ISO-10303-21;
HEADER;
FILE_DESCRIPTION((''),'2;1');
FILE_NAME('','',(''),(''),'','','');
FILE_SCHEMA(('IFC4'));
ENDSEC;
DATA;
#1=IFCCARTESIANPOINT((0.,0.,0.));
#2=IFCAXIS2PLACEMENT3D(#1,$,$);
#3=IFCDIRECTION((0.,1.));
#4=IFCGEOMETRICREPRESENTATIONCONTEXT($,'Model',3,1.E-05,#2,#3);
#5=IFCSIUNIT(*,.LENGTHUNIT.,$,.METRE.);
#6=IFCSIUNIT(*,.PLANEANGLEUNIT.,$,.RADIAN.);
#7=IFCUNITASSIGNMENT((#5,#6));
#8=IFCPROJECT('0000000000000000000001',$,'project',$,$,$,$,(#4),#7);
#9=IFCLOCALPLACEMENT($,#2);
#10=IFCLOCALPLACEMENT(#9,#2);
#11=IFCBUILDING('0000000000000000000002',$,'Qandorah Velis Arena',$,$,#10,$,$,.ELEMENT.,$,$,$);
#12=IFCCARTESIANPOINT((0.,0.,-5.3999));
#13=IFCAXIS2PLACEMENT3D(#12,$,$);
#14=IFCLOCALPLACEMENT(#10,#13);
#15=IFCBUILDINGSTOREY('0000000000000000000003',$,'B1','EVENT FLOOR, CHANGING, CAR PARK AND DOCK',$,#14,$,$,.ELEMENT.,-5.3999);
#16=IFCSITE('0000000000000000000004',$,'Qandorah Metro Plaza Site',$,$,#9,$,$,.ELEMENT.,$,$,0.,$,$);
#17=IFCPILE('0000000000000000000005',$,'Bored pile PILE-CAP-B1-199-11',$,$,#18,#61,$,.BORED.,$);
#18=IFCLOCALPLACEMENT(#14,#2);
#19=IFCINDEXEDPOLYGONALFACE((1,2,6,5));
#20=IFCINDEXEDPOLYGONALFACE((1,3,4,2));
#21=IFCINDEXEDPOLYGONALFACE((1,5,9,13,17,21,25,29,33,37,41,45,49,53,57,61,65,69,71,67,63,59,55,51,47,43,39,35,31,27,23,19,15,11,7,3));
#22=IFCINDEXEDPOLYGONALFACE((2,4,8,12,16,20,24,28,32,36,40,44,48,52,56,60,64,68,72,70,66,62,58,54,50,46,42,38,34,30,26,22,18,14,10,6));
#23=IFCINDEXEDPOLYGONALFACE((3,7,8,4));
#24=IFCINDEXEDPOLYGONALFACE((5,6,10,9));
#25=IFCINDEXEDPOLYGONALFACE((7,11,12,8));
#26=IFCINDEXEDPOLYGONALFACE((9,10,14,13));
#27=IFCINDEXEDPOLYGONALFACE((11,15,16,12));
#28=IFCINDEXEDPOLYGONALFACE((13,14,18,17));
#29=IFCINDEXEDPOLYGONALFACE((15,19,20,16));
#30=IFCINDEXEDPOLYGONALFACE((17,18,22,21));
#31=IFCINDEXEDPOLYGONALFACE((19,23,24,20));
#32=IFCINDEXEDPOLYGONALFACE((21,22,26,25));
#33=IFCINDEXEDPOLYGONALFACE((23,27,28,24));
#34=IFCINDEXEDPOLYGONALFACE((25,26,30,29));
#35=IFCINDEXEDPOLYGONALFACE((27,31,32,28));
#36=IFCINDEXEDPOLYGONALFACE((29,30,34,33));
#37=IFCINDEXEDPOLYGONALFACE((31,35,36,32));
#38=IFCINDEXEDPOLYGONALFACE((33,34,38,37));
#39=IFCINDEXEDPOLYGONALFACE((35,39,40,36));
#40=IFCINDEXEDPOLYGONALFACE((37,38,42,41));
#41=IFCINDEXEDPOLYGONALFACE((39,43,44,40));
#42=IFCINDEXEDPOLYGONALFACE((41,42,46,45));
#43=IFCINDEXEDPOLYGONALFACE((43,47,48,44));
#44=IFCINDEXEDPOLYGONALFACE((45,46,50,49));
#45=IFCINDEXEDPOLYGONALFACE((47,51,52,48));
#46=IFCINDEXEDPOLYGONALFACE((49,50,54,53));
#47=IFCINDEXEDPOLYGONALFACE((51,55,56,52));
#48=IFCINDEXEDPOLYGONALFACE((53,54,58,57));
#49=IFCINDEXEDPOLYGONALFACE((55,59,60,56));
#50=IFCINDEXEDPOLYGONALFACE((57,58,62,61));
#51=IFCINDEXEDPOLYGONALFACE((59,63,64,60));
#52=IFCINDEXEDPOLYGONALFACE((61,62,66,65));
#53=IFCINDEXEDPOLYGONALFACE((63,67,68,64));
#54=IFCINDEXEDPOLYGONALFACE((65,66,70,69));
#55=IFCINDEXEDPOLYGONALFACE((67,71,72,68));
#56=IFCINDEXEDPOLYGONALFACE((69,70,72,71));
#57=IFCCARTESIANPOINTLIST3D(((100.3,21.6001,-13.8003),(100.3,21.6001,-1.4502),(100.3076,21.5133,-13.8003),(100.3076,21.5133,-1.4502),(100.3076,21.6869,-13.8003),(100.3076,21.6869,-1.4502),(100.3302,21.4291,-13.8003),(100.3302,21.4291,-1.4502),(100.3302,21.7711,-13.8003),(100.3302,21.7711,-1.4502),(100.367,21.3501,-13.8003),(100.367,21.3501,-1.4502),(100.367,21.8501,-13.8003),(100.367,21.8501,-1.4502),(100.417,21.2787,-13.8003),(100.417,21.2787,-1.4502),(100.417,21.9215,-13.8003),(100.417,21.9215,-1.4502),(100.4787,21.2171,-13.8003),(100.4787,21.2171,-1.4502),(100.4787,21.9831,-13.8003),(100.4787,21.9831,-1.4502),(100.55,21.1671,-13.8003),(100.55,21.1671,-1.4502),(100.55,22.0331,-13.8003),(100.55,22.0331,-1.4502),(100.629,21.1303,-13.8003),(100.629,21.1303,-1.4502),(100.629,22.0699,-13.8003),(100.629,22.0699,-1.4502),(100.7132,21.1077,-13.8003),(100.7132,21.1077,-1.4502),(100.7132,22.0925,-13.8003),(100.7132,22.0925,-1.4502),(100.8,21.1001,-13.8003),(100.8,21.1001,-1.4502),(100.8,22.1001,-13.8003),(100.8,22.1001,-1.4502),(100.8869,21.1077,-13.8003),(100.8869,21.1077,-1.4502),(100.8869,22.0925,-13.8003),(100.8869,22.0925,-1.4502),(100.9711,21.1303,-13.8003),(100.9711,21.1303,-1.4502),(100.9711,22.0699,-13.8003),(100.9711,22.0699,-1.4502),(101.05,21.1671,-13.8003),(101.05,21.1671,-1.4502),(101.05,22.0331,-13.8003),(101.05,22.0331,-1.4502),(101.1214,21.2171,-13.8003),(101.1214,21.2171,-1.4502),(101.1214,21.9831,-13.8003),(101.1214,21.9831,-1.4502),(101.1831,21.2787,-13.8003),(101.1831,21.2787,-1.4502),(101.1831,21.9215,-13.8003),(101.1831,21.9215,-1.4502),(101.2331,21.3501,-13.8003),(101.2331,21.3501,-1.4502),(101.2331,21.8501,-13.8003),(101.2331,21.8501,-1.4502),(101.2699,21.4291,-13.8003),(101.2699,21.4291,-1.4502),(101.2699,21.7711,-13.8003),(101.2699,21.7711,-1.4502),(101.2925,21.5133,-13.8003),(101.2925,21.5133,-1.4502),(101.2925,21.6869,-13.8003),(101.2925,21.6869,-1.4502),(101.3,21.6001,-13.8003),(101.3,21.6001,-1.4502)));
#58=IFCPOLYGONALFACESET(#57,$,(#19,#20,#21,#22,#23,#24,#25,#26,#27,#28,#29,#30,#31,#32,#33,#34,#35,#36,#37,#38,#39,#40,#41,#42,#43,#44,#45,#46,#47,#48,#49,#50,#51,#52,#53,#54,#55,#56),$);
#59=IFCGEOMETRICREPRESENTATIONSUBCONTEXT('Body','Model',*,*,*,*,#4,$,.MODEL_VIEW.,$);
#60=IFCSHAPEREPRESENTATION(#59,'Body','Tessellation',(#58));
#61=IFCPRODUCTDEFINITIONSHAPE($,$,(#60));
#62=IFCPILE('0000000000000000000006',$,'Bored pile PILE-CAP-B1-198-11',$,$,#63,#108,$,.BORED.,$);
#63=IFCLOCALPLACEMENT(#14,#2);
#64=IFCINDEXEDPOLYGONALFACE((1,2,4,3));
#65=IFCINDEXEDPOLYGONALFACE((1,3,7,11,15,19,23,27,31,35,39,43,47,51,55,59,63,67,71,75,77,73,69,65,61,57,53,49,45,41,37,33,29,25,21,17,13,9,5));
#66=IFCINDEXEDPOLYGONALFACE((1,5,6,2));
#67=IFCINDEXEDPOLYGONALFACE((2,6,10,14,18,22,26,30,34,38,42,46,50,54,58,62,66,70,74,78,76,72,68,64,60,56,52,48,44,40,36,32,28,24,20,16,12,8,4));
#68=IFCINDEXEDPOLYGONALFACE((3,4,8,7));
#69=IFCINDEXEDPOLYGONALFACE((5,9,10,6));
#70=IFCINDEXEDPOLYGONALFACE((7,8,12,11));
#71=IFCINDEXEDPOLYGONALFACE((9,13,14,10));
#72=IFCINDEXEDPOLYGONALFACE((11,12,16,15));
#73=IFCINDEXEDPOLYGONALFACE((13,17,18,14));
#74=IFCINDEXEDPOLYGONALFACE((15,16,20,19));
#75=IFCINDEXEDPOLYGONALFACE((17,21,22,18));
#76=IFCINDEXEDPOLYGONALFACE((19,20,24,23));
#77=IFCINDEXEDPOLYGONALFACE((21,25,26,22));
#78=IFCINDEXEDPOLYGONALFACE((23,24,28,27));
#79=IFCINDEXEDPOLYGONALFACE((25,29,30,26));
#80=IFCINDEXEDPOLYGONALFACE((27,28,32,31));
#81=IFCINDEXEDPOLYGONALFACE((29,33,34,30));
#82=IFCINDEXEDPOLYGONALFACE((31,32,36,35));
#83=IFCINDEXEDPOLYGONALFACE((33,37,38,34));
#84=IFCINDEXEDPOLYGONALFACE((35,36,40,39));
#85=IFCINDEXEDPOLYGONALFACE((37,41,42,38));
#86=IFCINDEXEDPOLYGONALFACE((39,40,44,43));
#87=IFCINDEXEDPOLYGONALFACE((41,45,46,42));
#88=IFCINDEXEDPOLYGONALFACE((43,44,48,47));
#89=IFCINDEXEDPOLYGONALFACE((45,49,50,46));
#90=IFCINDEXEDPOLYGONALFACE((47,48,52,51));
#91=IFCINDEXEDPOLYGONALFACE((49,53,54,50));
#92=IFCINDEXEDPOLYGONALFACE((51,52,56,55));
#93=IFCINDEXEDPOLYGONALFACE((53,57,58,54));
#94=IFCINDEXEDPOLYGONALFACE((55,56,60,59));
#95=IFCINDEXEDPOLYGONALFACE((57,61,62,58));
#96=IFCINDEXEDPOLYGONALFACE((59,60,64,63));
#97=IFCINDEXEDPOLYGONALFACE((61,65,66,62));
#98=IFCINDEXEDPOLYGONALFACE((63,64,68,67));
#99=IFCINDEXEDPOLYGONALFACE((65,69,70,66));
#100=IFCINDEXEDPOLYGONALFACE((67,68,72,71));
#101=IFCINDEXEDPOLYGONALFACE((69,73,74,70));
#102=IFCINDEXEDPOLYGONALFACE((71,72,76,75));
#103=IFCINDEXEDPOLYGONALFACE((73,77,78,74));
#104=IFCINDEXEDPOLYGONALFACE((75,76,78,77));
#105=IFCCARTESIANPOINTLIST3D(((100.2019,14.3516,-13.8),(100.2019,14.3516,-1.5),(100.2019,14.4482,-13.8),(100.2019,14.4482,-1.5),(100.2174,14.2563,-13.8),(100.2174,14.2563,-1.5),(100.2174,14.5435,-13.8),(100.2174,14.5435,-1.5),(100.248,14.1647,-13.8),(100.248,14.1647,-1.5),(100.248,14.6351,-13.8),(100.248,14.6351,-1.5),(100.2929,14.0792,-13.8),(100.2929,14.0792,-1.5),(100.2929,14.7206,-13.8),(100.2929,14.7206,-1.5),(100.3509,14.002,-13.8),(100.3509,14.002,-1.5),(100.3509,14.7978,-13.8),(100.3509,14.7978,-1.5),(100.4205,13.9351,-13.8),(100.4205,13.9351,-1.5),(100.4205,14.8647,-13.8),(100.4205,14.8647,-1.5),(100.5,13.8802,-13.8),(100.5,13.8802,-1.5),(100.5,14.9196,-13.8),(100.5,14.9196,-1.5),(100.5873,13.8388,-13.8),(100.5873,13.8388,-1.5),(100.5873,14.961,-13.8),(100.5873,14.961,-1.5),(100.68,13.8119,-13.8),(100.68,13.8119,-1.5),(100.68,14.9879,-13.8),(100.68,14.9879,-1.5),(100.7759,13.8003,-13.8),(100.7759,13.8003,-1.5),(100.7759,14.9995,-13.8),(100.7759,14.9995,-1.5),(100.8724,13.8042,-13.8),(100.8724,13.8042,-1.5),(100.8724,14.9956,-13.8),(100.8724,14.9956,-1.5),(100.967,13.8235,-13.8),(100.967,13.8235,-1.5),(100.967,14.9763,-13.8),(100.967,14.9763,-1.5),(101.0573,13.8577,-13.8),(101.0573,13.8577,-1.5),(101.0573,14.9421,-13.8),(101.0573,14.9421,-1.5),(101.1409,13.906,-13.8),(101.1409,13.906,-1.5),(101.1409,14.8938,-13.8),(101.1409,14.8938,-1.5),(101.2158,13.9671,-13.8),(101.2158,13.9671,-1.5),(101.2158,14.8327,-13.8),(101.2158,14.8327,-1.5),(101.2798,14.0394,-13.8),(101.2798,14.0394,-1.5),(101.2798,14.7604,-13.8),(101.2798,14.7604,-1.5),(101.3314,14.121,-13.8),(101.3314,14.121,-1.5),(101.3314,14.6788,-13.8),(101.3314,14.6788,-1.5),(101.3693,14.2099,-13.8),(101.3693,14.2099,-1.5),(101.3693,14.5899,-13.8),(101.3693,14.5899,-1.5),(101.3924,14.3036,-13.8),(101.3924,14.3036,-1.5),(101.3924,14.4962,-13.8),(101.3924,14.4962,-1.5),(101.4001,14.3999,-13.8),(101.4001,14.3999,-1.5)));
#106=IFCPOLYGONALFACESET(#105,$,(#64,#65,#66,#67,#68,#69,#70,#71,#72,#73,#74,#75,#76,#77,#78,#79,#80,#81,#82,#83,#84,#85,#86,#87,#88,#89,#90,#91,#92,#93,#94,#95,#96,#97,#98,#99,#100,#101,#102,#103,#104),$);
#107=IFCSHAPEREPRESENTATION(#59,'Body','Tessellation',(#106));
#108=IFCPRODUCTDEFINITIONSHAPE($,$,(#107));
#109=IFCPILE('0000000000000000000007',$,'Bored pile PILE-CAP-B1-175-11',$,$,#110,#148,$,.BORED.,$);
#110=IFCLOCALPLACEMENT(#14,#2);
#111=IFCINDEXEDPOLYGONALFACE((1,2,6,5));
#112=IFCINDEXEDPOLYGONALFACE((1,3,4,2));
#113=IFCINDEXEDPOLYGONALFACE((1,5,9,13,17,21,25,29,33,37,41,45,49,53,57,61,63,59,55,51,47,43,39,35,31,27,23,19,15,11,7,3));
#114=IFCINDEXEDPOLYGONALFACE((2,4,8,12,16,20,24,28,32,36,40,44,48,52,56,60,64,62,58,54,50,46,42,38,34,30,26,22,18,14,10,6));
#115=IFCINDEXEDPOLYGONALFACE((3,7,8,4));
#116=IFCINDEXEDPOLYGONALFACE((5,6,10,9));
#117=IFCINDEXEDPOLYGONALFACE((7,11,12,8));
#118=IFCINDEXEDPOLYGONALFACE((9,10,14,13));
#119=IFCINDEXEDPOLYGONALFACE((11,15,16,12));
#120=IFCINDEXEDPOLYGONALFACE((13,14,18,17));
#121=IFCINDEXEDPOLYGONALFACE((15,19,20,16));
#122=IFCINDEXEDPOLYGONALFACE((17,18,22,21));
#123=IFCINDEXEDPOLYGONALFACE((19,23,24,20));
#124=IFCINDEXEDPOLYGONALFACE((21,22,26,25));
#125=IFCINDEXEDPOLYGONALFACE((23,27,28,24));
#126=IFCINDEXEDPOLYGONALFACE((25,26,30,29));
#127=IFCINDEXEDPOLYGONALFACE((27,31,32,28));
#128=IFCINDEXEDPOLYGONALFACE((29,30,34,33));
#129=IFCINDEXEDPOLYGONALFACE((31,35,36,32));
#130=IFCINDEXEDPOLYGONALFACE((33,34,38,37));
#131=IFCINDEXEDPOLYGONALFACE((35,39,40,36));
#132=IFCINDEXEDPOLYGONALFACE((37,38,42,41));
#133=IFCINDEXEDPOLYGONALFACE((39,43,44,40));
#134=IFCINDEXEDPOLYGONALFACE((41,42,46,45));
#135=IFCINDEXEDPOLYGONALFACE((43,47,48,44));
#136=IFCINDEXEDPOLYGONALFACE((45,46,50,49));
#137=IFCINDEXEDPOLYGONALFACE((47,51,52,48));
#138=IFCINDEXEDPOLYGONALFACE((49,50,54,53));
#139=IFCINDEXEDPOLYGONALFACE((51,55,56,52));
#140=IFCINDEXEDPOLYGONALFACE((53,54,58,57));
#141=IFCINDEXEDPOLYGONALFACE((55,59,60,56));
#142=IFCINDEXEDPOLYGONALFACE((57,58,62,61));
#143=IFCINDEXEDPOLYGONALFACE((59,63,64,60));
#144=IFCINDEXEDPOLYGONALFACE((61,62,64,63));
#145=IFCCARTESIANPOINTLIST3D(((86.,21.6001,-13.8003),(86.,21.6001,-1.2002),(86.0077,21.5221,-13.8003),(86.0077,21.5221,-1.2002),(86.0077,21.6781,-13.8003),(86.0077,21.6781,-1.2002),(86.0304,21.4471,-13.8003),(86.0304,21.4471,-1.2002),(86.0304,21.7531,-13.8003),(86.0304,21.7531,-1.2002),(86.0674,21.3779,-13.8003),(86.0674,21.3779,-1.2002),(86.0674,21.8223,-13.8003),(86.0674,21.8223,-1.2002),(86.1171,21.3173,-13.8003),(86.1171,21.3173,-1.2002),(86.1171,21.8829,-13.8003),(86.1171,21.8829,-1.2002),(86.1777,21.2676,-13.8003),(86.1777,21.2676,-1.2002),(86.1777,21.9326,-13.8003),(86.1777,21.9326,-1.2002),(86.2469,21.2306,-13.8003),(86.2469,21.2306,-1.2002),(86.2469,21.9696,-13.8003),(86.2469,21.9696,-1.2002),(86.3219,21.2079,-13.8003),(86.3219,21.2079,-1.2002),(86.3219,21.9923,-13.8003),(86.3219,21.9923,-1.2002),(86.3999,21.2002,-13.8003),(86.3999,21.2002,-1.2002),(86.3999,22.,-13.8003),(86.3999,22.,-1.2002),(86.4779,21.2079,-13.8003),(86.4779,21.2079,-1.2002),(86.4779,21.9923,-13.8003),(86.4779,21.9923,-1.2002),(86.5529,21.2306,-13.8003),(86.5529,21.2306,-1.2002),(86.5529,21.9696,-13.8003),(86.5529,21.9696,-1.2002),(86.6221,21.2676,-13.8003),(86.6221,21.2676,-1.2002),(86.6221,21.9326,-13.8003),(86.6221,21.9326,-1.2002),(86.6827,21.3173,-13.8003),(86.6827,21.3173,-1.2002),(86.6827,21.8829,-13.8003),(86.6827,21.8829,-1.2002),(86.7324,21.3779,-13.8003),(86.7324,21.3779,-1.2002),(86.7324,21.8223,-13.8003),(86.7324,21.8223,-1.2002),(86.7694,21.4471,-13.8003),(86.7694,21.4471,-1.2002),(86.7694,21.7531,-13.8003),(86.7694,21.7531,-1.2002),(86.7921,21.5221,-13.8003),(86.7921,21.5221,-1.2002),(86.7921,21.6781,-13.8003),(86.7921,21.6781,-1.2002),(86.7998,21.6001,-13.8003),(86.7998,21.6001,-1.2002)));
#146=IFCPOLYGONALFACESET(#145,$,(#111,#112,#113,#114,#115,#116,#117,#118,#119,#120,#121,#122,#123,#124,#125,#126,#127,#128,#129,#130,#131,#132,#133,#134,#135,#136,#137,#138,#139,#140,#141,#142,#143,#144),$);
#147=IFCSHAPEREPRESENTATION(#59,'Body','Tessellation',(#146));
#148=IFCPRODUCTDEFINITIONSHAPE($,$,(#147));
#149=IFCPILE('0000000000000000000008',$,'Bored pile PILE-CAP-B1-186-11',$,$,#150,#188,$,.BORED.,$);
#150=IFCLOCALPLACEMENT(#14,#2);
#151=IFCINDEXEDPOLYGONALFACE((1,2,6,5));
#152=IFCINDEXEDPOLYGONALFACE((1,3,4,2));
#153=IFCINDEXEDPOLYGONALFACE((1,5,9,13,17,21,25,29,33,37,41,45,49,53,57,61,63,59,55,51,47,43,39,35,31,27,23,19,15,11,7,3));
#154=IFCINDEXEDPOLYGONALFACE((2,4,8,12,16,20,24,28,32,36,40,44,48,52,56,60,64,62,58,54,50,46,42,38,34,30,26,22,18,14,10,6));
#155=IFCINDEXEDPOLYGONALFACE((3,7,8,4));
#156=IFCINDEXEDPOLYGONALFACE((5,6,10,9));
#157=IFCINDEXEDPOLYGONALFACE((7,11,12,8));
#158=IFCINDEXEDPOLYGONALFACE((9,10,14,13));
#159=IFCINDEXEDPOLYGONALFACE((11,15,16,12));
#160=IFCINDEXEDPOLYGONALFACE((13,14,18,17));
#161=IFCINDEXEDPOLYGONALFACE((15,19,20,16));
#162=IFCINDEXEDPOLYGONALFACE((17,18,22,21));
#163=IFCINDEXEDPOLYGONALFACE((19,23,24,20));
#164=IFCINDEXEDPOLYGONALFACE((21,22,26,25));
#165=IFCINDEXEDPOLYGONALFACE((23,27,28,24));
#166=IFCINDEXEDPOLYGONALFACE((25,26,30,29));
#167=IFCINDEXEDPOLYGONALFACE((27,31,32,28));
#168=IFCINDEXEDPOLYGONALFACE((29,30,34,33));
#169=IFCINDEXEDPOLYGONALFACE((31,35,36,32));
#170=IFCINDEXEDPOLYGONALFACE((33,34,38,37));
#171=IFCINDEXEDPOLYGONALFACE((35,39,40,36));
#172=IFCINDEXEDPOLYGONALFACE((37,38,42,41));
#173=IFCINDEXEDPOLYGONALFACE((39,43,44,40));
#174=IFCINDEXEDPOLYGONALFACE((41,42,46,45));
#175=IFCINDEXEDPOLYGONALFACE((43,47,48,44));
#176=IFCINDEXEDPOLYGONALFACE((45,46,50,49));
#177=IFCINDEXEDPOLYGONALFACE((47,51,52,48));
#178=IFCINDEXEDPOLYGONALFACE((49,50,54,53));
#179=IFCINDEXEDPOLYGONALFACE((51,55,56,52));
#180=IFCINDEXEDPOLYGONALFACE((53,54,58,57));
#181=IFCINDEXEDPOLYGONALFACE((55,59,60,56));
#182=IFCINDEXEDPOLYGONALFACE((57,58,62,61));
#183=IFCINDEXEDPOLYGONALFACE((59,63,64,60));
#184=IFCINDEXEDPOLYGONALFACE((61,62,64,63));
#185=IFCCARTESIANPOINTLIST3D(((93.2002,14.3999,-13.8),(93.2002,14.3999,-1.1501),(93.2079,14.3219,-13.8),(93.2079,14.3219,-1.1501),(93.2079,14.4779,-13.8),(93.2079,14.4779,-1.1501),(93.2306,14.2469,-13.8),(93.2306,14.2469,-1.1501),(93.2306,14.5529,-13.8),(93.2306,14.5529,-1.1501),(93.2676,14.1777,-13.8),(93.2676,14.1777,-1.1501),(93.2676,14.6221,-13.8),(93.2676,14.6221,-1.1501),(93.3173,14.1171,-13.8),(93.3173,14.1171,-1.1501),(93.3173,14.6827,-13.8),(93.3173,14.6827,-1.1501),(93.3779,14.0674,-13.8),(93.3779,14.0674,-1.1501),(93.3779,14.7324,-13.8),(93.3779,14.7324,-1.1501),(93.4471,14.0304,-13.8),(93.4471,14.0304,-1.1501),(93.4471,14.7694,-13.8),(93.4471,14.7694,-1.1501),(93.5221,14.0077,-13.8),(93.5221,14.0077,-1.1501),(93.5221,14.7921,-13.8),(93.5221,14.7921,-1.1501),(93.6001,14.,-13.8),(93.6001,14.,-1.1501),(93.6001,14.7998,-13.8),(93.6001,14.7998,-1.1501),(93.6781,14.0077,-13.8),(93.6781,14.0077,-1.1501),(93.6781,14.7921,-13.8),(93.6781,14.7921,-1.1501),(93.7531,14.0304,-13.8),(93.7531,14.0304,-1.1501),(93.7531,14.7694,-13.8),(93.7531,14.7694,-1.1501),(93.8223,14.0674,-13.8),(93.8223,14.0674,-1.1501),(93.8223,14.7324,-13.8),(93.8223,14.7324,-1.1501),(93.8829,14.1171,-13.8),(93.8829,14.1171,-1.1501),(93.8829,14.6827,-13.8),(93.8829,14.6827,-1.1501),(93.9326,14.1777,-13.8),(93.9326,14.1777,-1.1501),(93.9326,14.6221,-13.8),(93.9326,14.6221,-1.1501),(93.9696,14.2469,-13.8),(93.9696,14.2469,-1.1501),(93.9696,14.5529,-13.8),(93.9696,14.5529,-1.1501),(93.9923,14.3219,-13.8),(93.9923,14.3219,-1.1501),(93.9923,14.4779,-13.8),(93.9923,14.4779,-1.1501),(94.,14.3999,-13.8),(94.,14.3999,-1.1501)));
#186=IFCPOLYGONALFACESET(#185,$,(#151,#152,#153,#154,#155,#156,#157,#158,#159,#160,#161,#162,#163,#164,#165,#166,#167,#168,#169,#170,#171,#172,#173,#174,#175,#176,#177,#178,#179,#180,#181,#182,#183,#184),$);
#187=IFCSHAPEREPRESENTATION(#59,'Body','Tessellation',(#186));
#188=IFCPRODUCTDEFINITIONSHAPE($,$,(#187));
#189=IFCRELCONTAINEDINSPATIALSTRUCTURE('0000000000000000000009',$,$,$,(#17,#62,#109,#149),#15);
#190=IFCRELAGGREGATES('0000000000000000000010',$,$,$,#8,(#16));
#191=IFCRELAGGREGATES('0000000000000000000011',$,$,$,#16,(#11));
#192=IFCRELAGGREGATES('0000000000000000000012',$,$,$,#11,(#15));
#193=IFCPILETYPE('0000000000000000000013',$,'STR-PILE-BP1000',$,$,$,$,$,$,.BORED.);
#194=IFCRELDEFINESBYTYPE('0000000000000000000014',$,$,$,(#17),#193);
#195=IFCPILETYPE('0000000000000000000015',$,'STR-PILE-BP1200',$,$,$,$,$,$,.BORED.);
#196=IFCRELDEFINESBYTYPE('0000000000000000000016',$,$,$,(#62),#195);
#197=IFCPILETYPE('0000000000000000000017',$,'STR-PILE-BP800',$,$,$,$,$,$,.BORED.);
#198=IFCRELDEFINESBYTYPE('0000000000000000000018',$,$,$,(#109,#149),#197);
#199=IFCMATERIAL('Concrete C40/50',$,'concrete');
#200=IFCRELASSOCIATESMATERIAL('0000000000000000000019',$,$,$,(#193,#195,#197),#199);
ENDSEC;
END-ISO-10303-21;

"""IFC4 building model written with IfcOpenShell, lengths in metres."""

from ifc_helpers import new_model, si_unit, direction, frame, origin, origin_2d, place, context, subcontext, project, spatial, circle, extrude, material, material_profile, profile_set, type_object, element, save


model = new_model("IFC4")

# Units and contexts
model_context = context("Model", 3, precision=1e-05, world=origin(), true_north=direction((0.0, 1.0)))
body_context = subcontext(model_context, "Body", "Model", "MODEL_VIEW")
ifc_project = project(units=[si_unit("LENGTHUNIT", "METRE"), si_unit("PLANEANGLEUNIT", "RADIAN")], contexts=[model_context])

# Site, building, storey
site_placement = place(None, origin())
site = spatial("IfcSite", under=ifc_project, at=site_placement, Name="Qandorah Metro Plaza Site", CompositionType="ELEMENT", RefElevation=0.0)
building_placement = place(site_placement, origin())
building = spatial("IfcBuilding", under=site, at=building_placement, Name="Qandorah Velis Arena", CompositionType="ELEMENT")
storey_placement = place(building_placement, frame((0.0, 0.0, -5.3999)))
storey = spatial("IfcBuildingStorey", under=building, at=storey_placement, Name="B1", Description="EVENT FLOOR, CHANGING, CAR PARK AND DOCK", CompositionType="ELEMENT", Elevation=-5.3999)

# Shared definitions
ifc_material_1 = material(Name="Concrete C40/50", Category="concrete")

# Piles
ifc_material_profile_1 = material_profile(ifc_material_1, circle(Radius=0.5, at=origin_2d()), Name="BORED PILE D1000")
ifc_profile_set_1 = profile_set([ifc_material_profile_1], Name="Concrete C40/50")
pile_type_1 = type_object("IfcPileType", Name="STR-PILE-BP1000", PredefinedType="BORED", material=ifc_profile_set_1)
pile_1_placement = place(storey_placement, frame((100.8, 21.6001, -1.4502), z_axis=(0.0, 0.0, -1.0), x_axis=(1.0, 0.0, 0.0)))
element("IfcPile", 1, at=pile_1_placement, inside=storey, type_object=pile_type_1, Name="Bored pile PILE-CAP-B1-199-11", PredefinedType="BORED", context=body_context, shape_type="SweptSolid", body=[
    extrude(circle(Radius=0.5, at=origin_2d()), origin(), (0.0, 0.0, 1.0), 12.3501),
])
ifc_material_profile_2 = material_profile(ifc_material_1, circle(Radius=0.6001, at=origin_2d()), Name="BORED PILE D1200")
ifc_profile_set_2 = profile_set([ifc_material_profile_2], Name="Concrete C40/50")
pile_type_2 = type_object("IfcPileType", Name="STR-PILE-BP1200", PredefinedType="BORED", material=ifc_profile_set_2)
pile_2_placement = place(storey_placement, frame((100.8, 14.3999, -1.5), z_axis=(0.0, 0.0, -1.0), x_axis=(1.0, 0.0, 0.0)))
element("IfcPile", 2, at=pile_2_placement, inside=storey, type_object=pile_type_2, Name="Bored pile PILE-CAP-B1-198-11", PredefinedType="BORED", context=body_context, shape_type="SweptSolid", body=[
    extrude(circle(Radius=0.6001, at=origin_2d()), origin(), (0.0, 0.0, 1.0), 12.3),
])
ifc_material_profile_3 = material_profile(ifc_material_1, circle(Radius=0.3999, at=origin_2d()), Name="BORED PILE D800")
ifc_profile_set_3 = profile_set([ifc_material_profile_3], Name="Concrete C40/50")
pile_type_3 = type_object("IfcPileType", Name="STR-PILE-BP800", PredefinedType="BORED", material=ifc_profile_set_3)
pile_3_placement = place(storey_placement, frame((86.3999, 21.6001, -1.2002), z_axis=(0.0, 0.0, -1.0), x_axis=(1.0, 0.0, 0.0)))
element("IfcPile", 3, at=pile_3_placement, inside=storey, type_object=pile_type_3, Name="Bored pile PILE-CAP-B1-175-11", PredefinedType="BORED", context=body_context, shape_type="SweptSolid", body=[
    extrude(circle(Radius=0.3999, at=origin_2d()), origin(), (0.0, 0.0, 1.0), 12.6001),
])
pile_4_placement = place(storey_placement, frame((93.6001, 14.3999, -1.1501), z_axis=(0.0, 0.0, -1.0), x_axis=(1.0, 0.0, 0.0)))
element("IfcPile", 4, at=pile_4_placement, inside=storey, type_object=pile_type_3, Name="Bored pile PILE-CAP-B1-186-11", PredefinedType="BORED", context=body_context, shape_type="SweptSolid", body=[
    extrude(circle(Radius=0.3999, at=origin_2d()), origin(), (0.0, 0.0, 1.0), 12.6499),
])

save(model, "model.ifc")
